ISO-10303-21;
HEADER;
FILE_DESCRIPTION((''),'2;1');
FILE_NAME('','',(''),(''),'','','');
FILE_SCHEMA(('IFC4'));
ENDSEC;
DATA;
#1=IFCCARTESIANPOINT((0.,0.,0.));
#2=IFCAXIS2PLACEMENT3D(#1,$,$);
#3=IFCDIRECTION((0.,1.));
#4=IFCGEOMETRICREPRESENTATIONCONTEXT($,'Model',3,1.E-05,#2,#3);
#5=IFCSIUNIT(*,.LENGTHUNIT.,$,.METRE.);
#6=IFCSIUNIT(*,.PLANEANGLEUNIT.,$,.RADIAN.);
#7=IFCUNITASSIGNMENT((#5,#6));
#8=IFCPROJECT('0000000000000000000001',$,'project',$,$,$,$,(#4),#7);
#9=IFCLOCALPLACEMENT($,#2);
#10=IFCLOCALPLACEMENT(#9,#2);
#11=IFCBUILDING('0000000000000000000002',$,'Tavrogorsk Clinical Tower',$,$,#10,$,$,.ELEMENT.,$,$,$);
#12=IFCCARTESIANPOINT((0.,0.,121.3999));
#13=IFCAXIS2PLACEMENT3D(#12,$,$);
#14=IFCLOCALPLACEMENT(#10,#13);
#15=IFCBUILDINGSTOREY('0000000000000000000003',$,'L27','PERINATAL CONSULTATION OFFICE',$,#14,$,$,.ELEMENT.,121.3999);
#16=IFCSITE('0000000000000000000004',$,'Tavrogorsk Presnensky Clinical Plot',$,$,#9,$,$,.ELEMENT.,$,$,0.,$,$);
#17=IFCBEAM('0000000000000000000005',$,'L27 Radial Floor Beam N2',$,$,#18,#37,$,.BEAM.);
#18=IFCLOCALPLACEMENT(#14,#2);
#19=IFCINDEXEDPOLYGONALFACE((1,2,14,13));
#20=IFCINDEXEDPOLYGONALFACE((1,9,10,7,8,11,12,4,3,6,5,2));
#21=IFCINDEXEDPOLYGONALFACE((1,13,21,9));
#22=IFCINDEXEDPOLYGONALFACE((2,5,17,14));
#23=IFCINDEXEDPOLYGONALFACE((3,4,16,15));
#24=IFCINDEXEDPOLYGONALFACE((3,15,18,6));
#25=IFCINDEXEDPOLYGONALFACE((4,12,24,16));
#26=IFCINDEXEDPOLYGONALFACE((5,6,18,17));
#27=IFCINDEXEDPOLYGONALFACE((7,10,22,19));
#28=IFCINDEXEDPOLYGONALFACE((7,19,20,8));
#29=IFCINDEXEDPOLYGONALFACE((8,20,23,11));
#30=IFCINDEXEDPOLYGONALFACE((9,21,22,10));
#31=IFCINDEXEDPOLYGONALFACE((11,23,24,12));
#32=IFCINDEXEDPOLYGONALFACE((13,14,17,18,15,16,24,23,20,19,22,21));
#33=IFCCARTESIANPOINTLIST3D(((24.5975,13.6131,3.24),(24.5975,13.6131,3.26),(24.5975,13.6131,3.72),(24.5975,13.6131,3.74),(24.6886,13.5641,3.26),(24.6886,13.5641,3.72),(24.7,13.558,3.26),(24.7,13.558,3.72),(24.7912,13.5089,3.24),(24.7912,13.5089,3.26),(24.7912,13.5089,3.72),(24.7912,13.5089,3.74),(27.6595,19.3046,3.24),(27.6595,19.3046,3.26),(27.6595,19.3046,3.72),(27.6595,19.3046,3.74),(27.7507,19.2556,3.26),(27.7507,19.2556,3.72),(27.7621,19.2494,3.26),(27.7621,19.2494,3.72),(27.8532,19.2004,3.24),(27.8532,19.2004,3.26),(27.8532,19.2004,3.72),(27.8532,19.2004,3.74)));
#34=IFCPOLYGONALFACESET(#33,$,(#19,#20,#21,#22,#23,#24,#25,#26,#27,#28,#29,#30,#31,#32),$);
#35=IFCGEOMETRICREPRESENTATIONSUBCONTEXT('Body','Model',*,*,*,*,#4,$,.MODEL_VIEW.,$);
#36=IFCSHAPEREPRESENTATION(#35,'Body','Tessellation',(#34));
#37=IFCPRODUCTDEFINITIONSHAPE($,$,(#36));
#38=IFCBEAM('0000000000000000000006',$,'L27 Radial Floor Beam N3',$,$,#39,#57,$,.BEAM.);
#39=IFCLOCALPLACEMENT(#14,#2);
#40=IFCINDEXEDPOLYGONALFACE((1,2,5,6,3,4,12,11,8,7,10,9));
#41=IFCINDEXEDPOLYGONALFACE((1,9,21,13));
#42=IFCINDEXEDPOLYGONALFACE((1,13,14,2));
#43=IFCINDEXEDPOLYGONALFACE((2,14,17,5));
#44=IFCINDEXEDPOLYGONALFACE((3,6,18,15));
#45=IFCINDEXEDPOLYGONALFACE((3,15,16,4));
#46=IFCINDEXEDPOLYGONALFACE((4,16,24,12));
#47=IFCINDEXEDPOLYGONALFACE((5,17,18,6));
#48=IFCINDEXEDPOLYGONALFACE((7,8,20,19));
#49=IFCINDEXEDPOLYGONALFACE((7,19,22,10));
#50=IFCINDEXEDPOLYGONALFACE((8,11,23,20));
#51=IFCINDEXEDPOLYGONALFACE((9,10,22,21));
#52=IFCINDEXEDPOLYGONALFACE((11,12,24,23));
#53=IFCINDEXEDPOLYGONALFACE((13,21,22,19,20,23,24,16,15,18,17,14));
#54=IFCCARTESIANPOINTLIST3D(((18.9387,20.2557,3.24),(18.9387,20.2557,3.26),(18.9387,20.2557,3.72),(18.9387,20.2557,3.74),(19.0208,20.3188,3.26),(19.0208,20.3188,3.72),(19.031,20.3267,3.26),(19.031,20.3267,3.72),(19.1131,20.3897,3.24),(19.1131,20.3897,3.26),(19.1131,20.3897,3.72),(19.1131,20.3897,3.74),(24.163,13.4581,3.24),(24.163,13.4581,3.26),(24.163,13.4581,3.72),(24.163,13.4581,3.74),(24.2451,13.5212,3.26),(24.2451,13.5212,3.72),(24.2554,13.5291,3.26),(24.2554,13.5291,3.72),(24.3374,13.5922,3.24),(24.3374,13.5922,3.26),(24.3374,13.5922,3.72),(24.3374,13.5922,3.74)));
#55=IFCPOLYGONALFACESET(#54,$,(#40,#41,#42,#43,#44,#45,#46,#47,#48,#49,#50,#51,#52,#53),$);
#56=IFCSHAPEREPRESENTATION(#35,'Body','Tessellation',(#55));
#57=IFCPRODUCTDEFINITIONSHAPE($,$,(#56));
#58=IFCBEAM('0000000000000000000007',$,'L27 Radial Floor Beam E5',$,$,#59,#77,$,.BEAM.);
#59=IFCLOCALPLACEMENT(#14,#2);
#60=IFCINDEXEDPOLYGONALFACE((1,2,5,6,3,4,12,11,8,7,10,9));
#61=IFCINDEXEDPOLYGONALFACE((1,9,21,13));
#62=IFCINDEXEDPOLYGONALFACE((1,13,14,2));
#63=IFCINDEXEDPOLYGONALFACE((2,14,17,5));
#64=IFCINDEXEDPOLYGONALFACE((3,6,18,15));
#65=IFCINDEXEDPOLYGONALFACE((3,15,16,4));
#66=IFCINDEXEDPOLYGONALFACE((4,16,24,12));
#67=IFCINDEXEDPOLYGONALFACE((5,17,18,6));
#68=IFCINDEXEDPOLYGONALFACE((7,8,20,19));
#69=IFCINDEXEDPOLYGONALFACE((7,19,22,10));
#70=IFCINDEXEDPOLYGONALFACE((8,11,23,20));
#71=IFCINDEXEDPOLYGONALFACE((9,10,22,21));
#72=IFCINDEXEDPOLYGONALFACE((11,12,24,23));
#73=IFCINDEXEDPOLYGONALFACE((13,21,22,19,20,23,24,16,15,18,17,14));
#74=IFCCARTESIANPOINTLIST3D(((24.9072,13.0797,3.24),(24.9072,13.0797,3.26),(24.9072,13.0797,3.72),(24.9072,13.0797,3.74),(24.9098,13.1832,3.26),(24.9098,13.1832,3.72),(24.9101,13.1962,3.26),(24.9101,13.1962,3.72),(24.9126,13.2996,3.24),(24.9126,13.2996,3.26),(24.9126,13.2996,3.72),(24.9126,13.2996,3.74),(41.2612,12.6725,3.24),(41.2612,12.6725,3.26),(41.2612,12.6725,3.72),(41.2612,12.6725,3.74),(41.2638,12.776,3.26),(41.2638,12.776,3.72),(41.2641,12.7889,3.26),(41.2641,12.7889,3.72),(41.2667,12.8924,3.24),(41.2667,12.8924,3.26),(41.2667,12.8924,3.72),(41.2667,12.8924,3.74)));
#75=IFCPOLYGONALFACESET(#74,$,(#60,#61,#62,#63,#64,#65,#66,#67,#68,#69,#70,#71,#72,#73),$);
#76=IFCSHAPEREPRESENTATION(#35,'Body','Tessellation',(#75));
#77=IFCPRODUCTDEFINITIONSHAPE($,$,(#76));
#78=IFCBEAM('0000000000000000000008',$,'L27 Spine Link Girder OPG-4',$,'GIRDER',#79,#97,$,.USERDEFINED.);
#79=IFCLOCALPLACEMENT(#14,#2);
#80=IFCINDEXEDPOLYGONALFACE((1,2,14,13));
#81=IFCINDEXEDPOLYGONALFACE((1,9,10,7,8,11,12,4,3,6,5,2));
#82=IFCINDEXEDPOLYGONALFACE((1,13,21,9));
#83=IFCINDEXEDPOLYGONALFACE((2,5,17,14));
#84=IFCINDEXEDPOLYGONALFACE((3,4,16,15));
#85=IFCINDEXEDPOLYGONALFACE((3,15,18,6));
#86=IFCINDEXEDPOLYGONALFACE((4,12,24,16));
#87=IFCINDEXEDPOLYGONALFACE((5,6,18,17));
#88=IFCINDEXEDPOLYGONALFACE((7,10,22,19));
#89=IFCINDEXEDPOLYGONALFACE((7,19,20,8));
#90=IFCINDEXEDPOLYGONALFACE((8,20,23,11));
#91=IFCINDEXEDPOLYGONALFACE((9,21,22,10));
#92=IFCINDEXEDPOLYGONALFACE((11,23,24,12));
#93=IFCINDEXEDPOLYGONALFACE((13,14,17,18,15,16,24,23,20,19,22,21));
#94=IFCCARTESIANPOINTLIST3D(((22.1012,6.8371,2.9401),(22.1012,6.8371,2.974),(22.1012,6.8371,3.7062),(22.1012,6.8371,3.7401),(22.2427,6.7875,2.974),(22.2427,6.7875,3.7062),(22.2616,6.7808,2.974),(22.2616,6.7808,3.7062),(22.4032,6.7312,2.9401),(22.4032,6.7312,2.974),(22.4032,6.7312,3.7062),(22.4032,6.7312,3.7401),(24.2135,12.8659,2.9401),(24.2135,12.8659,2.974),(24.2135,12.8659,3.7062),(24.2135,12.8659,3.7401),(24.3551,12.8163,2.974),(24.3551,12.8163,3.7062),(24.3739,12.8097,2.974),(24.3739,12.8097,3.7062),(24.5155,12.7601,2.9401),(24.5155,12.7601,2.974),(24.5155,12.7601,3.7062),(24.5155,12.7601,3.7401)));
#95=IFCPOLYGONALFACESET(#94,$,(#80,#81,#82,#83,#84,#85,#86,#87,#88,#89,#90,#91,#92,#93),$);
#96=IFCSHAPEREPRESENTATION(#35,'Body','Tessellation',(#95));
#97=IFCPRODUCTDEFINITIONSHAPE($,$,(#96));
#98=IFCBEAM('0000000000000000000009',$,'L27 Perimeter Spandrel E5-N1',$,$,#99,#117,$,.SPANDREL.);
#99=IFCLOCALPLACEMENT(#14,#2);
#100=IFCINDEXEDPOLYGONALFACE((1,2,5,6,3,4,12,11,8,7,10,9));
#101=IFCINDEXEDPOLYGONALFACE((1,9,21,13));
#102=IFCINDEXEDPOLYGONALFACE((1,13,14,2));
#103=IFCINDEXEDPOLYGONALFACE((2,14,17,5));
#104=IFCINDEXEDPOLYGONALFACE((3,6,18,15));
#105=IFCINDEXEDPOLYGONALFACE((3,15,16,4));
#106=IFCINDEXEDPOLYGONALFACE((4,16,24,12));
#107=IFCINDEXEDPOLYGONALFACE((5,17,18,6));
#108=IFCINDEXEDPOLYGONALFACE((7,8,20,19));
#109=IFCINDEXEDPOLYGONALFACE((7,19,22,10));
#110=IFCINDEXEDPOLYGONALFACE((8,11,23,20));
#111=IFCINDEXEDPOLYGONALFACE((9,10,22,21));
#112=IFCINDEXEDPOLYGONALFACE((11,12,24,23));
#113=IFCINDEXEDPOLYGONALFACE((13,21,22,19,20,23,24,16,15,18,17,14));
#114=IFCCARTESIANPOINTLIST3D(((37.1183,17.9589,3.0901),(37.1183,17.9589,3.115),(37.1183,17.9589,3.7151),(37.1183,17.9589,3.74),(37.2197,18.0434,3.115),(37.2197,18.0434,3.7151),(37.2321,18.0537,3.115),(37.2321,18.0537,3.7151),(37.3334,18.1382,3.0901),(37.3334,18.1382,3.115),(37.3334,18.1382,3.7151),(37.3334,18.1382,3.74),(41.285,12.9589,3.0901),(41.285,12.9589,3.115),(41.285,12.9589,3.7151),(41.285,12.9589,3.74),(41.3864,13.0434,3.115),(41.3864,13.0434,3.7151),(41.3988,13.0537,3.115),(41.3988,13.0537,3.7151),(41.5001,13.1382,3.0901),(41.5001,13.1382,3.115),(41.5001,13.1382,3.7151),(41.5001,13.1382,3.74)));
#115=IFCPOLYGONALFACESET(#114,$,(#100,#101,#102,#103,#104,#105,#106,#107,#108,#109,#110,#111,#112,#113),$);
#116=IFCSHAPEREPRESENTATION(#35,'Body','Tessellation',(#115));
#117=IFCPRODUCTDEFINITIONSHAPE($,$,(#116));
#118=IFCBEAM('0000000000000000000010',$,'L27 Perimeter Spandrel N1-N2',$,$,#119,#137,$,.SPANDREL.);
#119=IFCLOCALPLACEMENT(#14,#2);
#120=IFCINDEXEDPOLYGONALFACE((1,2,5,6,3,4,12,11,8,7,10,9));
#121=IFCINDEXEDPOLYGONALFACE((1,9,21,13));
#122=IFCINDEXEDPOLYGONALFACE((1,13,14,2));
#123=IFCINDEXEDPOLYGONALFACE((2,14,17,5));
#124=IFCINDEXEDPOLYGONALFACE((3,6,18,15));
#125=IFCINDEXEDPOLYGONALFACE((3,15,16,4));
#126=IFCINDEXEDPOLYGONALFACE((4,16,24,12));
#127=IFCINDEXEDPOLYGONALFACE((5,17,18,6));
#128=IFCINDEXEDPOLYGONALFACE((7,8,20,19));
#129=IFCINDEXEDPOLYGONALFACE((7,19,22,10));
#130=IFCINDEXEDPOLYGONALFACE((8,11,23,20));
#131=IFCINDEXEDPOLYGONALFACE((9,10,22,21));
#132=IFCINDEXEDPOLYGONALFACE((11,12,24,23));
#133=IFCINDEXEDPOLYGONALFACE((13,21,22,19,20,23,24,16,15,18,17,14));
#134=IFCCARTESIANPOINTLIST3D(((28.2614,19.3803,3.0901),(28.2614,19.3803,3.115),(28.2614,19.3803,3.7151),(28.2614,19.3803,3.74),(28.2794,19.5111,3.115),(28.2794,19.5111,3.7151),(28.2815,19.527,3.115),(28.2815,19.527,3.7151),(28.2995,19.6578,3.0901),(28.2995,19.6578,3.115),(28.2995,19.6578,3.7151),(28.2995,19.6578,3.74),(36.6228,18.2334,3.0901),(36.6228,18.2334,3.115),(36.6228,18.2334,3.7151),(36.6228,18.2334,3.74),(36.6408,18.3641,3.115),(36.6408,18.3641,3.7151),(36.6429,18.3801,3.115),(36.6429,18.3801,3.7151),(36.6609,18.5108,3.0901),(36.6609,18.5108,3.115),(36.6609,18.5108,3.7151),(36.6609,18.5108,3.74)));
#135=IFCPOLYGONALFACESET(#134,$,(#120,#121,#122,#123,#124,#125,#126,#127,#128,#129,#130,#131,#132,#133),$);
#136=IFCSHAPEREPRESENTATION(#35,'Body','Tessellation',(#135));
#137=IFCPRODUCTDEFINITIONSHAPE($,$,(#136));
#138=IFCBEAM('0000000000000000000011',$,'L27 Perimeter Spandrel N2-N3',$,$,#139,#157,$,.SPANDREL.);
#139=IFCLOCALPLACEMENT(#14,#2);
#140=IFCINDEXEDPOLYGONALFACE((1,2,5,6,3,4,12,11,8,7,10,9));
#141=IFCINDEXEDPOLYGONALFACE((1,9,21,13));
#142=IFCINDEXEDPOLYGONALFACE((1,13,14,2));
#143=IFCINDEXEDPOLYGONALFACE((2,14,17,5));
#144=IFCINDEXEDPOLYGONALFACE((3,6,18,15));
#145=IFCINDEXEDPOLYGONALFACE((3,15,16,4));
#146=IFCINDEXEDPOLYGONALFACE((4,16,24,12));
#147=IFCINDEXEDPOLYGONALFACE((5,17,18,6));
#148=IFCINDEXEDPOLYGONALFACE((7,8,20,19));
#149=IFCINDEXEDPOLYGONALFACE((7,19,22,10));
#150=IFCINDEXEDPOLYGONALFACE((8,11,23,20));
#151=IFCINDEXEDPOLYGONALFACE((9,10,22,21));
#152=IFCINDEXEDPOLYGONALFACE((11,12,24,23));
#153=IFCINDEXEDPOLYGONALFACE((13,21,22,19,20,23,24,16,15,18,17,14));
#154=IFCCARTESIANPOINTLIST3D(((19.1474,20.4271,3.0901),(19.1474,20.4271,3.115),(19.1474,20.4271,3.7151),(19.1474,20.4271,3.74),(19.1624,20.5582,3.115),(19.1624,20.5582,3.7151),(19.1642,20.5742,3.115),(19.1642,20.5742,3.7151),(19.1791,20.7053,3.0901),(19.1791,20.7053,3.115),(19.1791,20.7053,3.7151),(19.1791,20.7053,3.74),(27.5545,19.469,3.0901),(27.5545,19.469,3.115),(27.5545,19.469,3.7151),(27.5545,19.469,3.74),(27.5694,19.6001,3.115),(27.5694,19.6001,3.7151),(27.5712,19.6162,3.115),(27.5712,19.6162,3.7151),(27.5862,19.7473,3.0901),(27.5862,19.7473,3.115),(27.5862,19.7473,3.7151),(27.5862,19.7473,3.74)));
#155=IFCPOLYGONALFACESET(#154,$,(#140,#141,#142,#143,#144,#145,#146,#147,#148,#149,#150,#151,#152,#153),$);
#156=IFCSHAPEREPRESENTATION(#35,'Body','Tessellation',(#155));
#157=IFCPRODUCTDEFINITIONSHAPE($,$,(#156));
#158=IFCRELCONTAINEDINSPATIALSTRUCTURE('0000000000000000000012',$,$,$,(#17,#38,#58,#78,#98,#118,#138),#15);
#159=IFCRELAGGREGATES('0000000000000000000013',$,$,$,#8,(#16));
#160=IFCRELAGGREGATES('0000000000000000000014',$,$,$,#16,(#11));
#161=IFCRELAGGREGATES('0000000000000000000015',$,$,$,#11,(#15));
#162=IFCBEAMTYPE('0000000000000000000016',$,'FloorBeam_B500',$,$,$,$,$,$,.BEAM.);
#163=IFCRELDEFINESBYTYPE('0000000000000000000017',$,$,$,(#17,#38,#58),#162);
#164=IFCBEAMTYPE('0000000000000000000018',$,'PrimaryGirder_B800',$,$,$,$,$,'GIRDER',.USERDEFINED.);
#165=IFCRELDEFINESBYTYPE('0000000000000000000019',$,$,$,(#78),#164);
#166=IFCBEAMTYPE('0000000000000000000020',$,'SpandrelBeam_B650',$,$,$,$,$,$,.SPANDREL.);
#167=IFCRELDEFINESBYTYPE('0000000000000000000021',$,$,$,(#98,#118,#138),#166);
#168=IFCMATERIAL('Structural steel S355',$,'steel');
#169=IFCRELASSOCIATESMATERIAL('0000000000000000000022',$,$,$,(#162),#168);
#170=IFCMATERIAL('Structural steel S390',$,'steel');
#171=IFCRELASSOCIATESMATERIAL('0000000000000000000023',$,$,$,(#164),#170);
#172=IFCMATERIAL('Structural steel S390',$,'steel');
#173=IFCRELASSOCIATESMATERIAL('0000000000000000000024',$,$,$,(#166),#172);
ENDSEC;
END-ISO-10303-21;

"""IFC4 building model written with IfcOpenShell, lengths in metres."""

from ifc_helpers import new_model, si_unit, direction, frame, origin, origin_2d, place, context, subcontext, project, spatial, i_section, extrude, material, material_profile, profile_set, type_object, element, save


model = new_model("IFC4")

# Units and contexts
model_context = context("Model", 3, precision=1e-05, world=origin(), true_north=direction((0.0, 1.0)))
body_context = subcontext(model_context, "Body", "Model", "MODEL_VIEW")
ifc_project = project(units=[si_unit("LENGTHUNIT", "METRE"), si_unit("PLANEANGLEUNIT", "RADIAN")], contexts=[model_context])

# Site, building, storey
site_placement = place(None, origin())
site = spatial("IfcSite", under=ifc_project, at=site_placement, Name="Tavrogorsk Presnensky Clinical Plot", CompositionType="ELEMENT", RefElevation=0.0)
building_placement = place(site_placement, origin())
building = spatial("IfcBuilding", under=site, at=building_placement, Name="Tavrogorsk Clinical Tower", CompositionType="ELEMENT")
storey_placement = place(building_placement, frame((0.0, 0.0, 121.3999)))
storey = spatial("IfcBuildingStorey", under=building, at=storey_placement, Name="L27", Description="PERINATAL CONSULTATION OFFICE", CompositionType="ELEMENT", Elevation=121.3999)

# Beams
ifc_material_1 = material(Name="Structural steel S355", Category="steel")
ifc_material_profile_1 = material_profile(ifc_material_1, i_section(OverallWidth=0.22, OverallDepth=0.5, WebThickness=0.0129, FlangeThickness=0.02, at=origin_2d()), Name="B-500x220x13x20")
ifc_profile_set_1 = profile_set([ifc_material_profile_1], Name="Structural steel S355")
beam_type_1 = type_object("IfcBeamType", Name="FloorBeam_B500", PredefinedType="BEAM", material=ifc_profile_set_1)
beam_1_placement = place(storey_placement, frame((24.6943, 13.561, 3.49), z_axis=(0.473789, 0.880638, 0.0), x_axis=(-0.880638, 0.473789, 0.0)))
element("IfcBeam", 1, at=beam_1_placement, inside=storey, type_object=beam_type_1, Name="L27 Radial Floor Beam N2", PredefinedType="BEAM", context=body_context, shape_type="SweptSolid", body=[
    extrude(i_section(OverallWidth=0.22, OverallDepth=0.5, WebThickness=0.0129, FlangeThickness=0.02, at=origin_2d()), origin(), (0.0, 0.0, 1.0), 6.4629),
])
beam_2_placement = place(storey_placement, frame((24.2502, 13.5251, 3.49), z_axis=(-0.609376, 0.792881, 0.0), x_axis=(-0.792881, -0.609376, 0.0)))
element("IfcBeam", 2, at=beam_2_placement, inside=storey, type_object=beam_type_1, Name="L27 Radial Floor Beam N3", PredefinedType="BEAM", context=body_context, shape_type="SweptSolid", body=[
    extrude(i_section(OverallWidth=0.22, OverallDepth=0.5, WebThickness=0.0129, FlangeThickness=0.02, at=origin_2d()), origin(), (0.0, 0.0, 1.0), 8.5732),
])
beam_3_placement = place(storey_placement, frame((24.9099, 13.1897, 3.49), z_axis=(0.99969, -0.024893, 0.0), x_axis=(0.024893, 0.99969, 0.0)))
element("IfcBeam", 3, at=beam_3_placement, inside=storey, type_object=beam_type_1, Name="L27 Radial Floor Beam E5", PredefinedType="BEAM", context=body_context, shape_type="SweptSolid", body=[
    extrude(i_section(OverallWidth=0.22, OverallDepth=0.5, WebThickness=0.0129, FlangeThickness=0.02, at=origin_2d()), origin(), (0.0, 0.0, 1.0), 16.3591),
])
ifc_material_2 = material(Name="Structural steel S390", Category="steel")
ifc_material_profile_2 = material_profile(ifc_material_2, i_section(OverallWidth=0.3201, OverallDepth=0.8, WebThickness=0.02, FlangeThickness=0.0339, at=origin_2d()), Name="B-800x320x20x34")
ifc_profile_set_2 = profile_set([ifc_material_profile_2], Name="Structural steel S390")
beam_type_2 = type_object("IfcBeamType", Name="PrimaryGirder_B800", ElementType="GIRDER", PredefinedType="USERDEFINED", material=ifc_profile_set_2)
beam_4_placement = place(storey_placement, frame((24.3645, 12.813, 3.3401), z_axis=(-0.33066, -0.94375, 0.0), x_axis=(0.94375, -0.33066, 0.0)))
element("IfcBeam", 4, at=beam_4_placement, inside=storey, type_object=beam_type_2, Name="L27 Spine Link Girder OPG-4", ObjectType="GIRDER", PredefinedType="USERDEFINED", context=body_context, shape_type="SweptSolid", body=[
    extrude(i_section(OverallWidth=0.3201, OverallDepth=0.8, WebThickness=0.02, FlangeThickness=0.0339, at=origin_2d()), origin(), (0.0, 0.0, 1.0), 6.3882),
])
ifc_material_3 = material(Name="Structural steel S390", Category="steel")
ifc_material_profile_3 = material_profile(ifc_material_3, i_section(OverallWidth=0.28, OverallDepth=0.6499, WebThickness=0.0161, FlangeThickness=0.0249, at=origin_2d()), Name="B-650x280x16x25")
ifc_profile_set_3 = profile_set([ifc_material_profile_3], Name="Structural steel S390")
beam_type_3 = type_object("IfcBeamType", Name="SpandrelBeam_B650", PredefinedType="SPANDREL", material=ifc_profile_set_3)
beam_5_placement = place(storey_placement, frame((41.3926, 13.0486, 3.415), z_axis=(-0.640192, 0.768215, 0.0), x_axis=(-0.768215, -0.640192, 0.0)))
element("IfcBeam", 5, at=beam_5_placement, inside=storey, type_object=beam_type_3, Name="L27 Perimeter Spandrel E5-N1", PredefinedType="SPANDREL", context=body_context, shape_type="SweptSolid", body=[
    extrude(i_section(OverallWidth=0.28, OverallDepth=0.6499, WebThickness=0.0161, FlangeThickness=0.0249, at=origin_2d()), origin(), (0.0, 0.0, 1.0), 6.5085),
])
beam_6_placement = place(storey_placement, frame((36.6418, 18.3721, 3.415), z_axis=(-0.990722, 0.135903, 0.0), x_axis=(-0.135903, -0.990722, 0.0)))
element("IfcBeam", 6, at=beam_6_placement, inside=storey, type_object=beam_type_3, Name="L27 Perimeter Spandrel N1-N2", PredefinedType="SPANDREL", context=body_context, shape_type="SweptSolid", body=[
    extrude(i_section(OverallWidth=0.28, OverallDepth=0.6499, WebThickness=0.0161, FlangeThickness=0.0249, at=origin_2d()), origin(), (0.0, 0.0, 1.0), 8.4397),
])
beam_7_placement = place(storey_placement, frame((27.5703, 19.6082, 3.415), z_axis=(-0.99357, 0.113221, 0.0), x_axis=(-0.113221, -0.99357, 0.0)))
element("IfcBeam", 7, at=beam_7_placement, inside=storey, type_object=beam_type_3, Name="L27 Perimeter Spandrel N2-N3", PredefinedType="SPANDREL", context=body_context, shape_type="SweptSolid", body=[
    extrude(i_section(OverallWidth=0.28, OverallDepth=0.6499, WebThickness=0.0161, FlangeThickness=0.0249, at=origin_2d()), origin(), (0.0, 0.0, 1.0), 8.4614),
])

save(model, "model.ifc")
